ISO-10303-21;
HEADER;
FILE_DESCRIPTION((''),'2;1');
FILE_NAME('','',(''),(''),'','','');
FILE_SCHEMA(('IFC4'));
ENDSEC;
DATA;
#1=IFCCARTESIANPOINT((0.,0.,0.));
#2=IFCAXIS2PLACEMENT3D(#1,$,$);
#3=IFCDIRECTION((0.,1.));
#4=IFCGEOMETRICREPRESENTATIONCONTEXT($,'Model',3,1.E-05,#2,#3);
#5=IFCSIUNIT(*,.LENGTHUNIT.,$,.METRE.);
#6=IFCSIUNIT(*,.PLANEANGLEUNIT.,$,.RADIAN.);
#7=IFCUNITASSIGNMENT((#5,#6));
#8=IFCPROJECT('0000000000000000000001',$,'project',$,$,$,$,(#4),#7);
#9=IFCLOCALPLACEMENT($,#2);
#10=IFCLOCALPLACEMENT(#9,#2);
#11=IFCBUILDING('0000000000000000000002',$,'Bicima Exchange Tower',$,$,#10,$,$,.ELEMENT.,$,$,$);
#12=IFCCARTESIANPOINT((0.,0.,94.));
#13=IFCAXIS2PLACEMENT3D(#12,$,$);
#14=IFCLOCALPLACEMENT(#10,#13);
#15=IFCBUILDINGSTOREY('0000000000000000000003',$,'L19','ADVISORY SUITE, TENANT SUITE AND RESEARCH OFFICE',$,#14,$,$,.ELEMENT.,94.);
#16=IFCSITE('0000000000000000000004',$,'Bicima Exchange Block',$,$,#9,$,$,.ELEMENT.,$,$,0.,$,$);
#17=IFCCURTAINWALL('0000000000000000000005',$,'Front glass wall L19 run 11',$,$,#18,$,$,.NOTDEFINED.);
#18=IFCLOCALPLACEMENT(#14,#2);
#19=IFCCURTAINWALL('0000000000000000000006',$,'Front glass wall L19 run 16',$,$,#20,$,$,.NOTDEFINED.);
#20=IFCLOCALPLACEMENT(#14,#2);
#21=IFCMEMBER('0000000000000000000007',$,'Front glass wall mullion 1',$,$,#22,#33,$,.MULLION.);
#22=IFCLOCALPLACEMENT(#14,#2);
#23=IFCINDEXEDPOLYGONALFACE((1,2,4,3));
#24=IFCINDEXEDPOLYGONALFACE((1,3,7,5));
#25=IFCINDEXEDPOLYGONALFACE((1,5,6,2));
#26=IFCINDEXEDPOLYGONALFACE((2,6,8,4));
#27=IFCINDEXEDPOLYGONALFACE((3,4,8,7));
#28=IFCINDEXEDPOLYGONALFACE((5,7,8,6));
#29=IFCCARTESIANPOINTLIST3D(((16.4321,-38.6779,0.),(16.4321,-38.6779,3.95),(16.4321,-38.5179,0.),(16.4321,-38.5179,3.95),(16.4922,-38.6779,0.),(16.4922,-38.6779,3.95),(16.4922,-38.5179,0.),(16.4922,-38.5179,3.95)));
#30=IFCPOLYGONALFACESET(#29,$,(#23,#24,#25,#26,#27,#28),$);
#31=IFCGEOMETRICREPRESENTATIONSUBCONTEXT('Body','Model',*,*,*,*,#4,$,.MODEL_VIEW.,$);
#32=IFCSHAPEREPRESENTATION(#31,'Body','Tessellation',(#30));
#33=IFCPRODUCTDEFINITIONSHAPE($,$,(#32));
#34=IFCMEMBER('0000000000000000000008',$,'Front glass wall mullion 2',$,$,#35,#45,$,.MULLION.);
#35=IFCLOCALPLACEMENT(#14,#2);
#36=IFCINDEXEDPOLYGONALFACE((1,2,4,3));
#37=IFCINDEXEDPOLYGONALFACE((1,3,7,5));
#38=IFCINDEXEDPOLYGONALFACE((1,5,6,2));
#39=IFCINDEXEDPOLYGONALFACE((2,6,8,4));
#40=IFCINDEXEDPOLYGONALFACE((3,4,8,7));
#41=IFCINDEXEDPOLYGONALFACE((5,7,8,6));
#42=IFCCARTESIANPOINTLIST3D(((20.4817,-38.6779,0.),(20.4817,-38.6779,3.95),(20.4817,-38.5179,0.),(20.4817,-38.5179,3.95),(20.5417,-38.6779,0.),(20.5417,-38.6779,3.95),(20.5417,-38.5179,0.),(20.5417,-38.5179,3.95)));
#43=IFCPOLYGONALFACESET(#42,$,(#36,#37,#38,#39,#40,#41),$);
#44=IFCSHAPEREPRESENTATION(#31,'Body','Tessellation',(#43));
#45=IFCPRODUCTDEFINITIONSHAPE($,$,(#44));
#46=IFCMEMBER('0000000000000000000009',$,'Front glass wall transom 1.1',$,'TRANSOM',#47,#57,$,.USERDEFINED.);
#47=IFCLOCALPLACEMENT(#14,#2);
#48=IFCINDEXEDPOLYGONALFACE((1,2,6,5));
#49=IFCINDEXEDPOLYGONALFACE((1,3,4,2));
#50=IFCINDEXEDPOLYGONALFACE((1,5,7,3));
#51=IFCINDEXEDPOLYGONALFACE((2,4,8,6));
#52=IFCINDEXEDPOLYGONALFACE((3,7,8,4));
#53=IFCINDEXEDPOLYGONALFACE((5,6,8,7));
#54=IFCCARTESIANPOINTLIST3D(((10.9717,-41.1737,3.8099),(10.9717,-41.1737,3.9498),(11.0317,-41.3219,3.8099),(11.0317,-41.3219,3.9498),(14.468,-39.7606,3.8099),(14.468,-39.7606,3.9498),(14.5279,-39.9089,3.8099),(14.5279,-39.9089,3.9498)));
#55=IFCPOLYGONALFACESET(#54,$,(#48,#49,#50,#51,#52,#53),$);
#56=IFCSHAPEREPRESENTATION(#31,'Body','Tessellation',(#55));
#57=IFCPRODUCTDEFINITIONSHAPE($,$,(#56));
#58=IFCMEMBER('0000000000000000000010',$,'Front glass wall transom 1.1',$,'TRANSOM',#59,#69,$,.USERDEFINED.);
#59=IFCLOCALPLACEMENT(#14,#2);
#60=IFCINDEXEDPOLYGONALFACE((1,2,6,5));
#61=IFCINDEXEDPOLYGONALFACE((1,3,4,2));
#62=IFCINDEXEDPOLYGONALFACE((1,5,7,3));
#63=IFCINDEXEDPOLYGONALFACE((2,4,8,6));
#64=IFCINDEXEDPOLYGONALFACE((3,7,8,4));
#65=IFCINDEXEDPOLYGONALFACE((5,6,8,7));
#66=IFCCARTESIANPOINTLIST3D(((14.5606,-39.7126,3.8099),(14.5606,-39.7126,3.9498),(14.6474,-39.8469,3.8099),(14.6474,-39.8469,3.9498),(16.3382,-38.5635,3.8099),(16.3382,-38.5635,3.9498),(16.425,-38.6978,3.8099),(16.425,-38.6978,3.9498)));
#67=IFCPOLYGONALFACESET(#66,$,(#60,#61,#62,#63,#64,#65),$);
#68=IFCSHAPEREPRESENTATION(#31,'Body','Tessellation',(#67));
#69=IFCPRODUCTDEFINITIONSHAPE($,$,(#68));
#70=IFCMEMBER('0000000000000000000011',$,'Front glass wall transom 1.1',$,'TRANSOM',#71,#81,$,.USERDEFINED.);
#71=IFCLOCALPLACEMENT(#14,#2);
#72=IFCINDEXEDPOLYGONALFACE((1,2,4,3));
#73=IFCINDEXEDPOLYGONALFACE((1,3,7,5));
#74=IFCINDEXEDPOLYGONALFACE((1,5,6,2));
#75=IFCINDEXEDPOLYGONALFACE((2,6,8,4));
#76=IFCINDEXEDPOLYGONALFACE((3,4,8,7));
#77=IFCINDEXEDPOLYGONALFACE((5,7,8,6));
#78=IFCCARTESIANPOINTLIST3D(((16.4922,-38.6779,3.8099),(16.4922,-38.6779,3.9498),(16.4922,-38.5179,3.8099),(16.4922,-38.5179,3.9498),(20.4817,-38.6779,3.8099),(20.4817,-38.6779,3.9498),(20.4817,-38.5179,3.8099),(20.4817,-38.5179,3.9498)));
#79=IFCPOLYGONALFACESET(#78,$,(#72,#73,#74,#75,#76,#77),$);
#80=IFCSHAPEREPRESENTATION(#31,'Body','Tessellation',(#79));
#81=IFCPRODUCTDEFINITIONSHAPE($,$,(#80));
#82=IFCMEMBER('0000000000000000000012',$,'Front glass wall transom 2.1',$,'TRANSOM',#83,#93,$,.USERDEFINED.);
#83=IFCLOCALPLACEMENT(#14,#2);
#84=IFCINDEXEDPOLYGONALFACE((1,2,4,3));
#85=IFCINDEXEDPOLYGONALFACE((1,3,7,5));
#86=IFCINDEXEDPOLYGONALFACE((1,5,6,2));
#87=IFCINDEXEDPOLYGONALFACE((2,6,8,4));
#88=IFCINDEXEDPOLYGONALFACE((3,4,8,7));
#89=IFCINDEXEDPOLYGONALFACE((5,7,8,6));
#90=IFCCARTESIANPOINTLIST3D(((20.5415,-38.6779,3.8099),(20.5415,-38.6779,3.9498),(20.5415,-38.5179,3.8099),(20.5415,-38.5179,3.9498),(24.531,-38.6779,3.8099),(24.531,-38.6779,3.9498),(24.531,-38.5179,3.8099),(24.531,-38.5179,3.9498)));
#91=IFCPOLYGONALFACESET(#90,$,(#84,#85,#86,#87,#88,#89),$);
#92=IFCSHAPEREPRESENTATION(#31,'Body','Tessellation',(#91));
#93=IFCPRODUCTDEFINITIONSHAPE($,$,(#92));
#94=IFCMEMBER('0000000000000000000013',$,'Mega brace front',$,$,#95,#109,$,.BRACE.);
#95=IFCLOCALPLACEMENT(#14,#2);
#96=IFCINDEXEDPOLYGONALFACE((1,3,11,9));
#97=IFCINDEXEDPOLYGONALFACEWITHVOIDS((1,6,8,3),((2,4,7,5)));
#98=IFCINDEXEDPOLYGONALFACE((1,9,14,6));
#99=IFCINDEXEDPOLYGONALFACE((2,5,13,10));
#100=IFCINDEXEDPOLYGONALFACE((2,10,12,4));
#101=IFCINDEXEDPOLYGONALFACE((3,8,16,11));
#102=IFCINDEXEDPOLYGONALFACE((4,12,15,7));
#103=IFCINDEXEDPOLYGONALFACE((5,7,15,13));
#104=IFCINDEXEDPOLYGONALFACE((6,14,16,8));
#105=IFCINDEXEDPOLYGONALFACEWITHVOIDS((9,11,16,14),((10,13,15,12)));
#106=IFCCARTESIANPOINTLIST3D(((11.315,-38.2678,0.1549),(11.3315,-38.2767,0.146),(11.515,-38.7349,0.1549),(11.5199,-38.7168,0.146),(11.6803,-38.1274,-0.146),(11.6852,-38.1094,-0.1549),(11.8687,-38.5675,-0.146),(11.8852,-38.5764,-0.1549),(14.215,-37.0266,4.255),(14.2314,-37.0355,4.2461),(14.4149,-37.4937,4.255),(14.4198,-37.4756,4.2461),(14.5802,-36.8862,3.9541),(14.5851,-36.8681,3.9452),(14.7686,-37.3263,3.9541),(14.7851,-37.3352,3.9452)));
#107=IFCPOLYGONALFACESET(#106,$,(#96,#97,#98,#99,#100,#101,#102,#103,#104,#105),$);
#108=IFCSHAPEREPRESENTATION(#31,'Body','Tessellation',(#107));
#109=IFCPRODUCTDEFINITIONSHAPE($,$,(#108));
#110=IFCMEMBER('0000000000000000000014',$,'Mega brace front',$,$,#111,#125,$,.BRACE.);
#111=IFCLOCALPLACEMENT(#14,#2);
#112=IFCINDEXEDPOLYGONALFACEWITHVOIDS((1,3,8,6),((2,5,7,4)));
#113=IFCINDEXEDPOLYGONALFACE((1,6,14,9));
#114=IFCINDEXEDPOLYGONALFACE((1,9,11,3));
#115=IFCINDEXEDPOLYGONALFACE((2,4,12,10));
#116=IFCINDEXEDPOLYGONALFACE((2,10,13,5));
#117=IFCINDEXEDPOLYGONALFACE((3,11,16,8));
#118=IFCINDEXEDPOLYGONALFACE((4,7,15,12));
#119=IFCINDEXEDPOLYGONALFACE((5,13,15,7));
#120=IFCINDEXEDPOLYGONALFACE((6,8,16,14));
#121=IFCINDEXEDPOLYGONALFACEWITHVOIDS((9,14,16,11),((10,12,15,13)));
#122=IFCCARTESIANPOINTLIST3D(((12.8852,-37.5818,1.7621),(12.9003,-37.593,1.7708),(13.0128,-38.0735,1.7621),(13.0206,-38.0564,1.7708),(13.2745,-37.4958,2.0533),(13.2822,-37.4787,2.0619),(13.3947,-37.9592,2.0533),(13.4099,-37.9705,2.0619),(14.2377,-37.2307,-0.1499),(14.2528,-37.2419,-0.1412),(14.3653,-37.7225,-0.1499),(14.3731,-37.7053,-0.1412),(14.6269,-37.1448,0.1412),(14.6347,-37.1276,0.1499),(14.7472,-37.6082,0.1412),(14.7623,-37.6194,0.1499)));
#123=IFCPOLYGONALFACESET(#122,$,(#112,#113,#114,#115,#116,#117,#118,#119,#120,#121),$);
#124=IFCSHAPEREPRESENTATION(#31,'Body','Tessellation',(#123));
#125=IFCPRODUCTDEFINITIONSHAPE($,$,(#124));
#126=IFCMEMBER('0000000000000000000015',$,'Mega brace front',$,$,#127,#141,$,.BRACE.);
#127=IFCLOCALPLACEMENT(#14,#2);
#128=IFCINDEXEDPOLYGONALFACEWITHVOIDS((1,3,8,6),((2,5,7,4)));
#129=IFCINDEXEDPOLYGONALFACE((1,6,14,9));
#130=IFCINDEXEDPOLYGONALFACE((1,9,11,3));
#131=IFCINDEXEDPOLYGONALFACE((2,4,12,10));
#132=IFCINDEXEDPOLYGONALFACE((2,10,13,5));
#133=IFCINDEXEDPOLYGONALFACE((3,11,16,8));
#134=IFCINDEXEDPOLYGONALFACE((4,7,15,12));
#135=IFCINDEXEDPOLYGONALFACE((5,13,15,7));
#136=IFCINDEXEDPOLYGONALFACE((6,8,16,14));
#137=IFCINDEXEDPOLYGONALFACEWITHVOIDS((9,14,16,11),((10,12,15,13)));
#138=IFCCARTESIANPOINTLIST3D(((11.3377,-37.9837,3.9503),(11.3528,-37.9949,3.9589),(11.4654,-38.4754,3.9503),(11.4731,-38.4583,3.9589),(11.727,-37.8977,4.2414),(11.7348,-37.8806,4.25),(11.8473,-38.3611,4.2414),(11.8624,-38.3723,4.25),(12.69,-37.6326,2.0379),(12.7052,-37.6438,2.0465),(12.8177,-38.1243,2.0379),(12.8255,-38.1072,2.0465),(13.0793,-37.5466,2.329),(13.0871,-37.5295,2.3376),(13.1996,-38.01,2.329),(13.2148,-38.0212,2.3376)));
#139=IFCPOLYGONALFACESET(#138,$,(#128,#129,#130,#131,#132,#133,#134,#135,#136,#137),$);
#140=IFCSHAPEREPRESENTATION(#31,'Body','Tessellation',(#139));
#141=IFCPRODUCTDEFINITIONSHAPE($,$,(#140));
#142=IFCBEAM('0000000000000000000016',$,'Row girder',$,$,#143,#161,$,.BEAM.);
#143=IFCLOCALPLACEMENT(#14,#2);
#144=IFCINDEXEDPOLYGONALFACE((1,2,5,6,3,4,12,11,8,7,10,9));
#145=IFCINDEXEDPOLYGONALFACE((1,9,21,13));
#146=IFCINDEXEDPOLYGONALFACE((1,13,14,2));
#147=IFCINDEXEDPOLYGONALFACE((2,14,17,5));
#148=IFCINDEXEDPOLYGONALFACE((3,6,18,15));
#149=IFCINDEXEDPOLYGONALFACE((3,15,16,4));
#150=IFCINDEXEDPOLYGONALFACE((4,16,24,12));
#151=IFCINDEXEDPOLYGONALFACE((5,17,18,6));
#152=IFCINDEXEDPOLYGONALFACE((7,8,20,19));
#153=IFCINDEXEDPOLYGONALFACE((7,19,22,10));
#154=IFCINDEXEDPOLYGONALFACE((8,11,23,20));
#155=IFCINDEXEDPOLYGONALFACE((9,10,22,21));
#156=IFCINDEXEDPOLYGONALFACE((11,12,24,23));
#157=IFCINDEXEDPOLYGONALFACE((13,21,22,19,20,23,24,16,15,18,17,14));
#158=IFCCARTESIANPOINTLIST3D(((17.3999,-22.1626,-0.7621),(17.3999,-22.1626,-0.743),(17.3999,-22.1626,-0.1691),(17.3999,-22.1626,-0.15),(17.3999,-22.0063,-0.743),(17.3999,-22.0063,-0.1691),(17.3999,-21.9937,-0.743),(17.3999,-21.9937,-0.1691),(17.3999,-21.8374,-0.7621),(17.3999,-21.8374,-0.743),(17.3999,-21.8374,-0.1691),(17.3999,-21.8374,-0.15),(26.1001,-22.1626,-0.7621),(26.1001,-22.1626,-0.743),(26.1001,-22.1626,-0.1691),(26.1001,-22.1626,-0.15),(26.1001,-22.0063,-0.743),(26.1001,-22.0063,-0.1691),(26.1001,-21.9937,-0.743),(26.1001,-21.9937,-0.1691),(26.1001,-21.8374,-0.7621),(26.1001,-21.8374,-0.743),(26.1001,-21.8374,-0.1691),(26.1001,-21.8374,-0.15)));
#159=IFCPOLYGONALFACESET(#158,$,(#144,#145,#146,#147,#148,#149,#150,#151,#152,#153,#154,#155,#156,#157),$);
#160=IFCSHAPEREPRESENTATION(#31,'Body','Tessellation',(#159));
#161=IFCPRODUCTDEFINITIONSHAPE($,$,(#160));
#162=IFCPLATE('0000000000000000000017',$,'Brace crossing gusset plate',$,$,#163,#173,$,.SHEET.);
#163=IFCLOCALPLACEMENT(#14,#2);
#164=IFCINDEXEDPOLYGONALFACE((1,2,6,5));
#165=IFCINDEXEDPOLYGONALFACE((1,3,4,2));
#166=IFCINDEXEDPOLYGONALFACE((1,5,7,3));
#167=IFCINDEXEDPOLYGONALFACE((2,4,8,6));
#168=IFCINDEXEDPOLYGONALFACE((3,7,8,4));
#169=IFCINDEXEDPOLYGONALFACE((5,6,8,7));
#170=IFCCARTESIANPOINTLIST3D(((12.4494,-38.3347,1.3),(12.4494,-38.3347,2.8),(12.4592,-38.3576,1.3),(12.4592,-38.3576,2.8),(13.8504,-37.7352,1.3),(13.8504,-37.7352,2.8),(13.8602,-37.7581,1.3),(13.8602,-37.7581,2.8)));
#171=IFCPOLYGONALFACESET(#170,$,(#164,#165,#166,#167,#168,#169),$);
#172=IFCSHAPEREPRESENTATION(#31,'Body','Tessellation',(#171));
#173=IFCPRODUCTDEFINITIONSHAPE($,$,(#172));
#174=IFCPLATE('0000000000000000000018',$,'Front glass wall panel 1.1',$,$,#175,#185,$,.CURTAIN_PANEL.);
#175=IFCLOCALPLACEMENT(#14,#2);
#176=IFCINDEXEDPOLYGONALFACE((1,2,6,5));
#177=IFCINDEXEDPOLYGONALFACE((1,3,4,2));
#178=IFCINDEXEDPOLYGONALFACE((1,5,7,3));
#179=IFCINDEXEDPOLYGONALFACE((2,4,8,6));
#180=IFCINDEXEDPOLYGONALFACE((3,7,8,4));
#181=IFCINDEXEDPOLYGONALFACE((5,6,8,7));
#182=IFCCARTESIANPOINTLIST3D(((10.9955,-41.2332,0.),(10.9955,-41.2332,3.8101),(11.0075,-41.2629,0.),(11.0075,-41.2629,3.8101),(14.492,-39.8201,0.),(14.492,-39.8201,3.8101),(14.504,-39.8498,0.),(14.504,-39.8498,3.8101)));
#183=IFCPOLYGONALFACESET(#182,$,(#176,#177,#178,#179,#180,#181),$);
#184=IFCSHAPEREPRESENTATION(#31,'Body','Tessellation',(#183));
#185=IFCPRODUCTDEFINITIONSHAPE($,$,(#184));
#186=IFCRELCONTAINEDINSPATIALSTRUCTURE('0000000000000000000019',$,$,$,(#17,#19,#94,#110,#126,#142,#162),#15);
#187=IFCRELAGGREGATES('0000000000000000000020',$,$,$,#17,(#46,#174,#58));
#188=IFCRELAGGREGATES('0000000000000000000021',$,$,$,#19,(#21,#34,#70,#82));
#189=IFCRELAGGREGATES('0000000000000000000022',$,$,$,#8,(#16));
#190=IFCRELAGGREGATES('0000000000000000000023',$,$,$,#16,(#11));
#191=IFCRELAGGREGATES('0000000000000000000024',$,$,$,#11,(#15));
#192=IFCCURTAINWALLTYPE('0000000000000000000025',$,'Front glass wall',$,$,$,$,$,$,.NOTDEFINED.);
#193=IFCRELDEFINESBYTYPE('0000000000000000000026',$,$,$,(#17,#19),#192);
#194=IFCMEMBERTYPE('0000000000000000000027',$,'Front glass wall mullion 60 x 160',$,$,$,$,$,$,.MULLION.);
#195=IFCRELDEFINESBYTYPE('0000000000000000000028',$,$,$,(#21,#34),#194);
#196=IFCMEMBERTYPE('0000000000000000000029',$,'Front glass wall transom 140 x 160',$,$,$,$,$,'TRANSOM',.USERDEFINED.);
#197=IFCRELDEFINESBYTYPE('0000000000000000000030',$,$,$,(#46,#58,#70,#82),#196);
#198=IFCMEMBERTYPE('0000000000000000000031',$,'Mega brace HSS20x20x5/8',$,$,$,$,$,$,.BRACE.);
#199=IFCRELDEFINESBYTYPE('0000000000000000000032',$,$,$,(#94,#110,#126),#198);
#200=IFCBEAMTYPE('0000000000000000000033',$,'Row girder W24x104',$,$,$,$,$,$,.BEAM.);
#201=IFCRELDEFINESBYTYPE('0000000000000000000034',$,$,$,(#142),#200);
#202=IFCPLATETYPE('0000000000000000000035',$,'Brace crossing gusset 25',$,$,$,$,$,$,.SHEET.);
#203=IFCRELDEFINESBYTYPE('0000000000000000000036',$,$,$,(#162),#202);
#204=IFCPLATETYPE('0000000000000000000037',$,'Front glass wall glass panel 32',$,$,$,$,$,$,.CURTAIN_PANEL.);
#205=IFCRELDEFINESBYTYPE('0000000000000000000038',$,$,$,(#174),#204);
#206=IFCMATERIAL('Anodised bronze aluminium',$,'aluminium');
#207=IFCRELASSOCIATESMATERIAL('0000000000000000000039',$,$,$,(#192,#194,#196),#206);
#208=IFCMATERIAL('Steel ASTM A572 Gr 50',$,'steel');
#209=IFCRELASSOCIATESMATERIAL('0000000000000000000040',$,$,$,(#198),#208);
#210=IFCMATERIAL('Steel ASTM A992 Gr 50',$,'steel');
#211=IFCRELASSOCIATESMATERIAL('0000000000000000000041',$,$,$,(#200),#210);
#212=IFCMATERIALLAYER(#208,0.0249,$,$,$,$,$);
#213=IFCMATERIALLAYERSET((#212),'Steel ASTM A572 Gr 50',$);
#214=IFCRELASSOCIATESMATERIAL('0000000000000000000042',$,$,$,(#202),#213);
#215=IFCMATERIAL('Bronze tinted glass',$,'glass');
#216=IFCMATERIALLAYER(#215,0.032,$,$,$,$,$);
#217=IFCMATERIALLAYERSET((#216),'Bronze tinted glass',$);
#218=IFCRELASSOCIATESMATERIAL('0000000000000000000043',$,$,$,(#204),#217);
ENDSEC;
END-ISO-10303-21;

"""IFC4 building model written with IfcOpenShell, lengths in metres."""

from ifc_helpers import new_model, si_unit, direction, frame, origin, origin_2d, place, context, subcontext, project, spatial, rectangle, hollow_rectangle, i_section, extrude, material, layer, layer_set, material_profile, profile_set, type_object, element, aggregate, save


model = new_model("IFC4")

# Units and contexts
model_context = context("Model", 3, precision=1e-05, world=origin(), true_north=direction((0.0, 1.0)))
body_context = subcontext(model_context, "Body", "Model", "MODEL_VIEW")
ifc_project = project(units=[si_unit("LENGTHUNIT", "METRE"), si_unit("PLANEANGLEUNIT", "RADIAN")], contexts=[model_context])

# Site, building, storey
site_placement = place(None, origin())
site = spatial("IfcSite", under=ifc_project, at=site_placement, Name="Bicima Exchange Block", CompositionType="ELEMENT", RefElevation=0.0)
building_placement = place(site_placement, origin())
building = spatial("IfcBuilding", under=site, at=building_placement, Name="Bicima Exchange Tower", CompositionType="ELEMENT")
storey_placement = place(building_placement, frame((0.0, 0.0, 94.0)))
storey = spatial("IfcBuildingStorey", under=building, at=storey_placement, Name="L19", Description="ADVISORY SUITE, TENANT SUITE AND RESEARCH OFFICE", CompositionType="ELEMENT", Elevation=94.0)

# Shared definitions
ifc_material_1 = material(Name="Steel ASTM A992 Gr 50", Category="steel")

# Shared definitions
ifc_material_profile_1 = material_profile(ifc_material_1, i_section(OverallWidth=0.3252, OverallDepth=0.6121, WebThickness=0.0127, FlangeThickness=0.019, at=origin_2d()))
ifc_profile_set_1 = profile_set([ifc_material_profile_1], Name="Steel ASTM A992 Gr 50")

# Curtain walls, members
ifc_material_2 = material(Name="Anodised bronze aluminium", Category="aluminium")
curtain_wall_type = type_object("IfcCurtainWallType", Name="Front glass wall", PredefinedType="NOTDEFINED", material=ifc_material_2)
curtain_wall_1_placement = place(storey_placement, origin())
curtain_wall_1 = element("IfcCurtainWall", 1, at=curtain_wall_1_placement, inside=storey, type_object=curtain_wall_type, Name="Front glass wall L19 run 11", PredefinedType="NOTDEFINED")
ifc_material_profile_2 = material_profile(ifc_material_2, rectangle(XDim=0.1599, YDim=0.0601, at=origin_2d()))
ifc_profile_set_2 = profile_set([ifc_material_profile_2], Name="Anodised bronze aluminium")
member_type_1 = type_object("IfcMemberType", Name="Front glass wall mullion 60 x 160", PredefinedType="MULLION", material=ifc_profile_set_2)
curtain_wall_2_placement = place(storey_placement, origin())
curtain_wall_2 = element("IfcCurtainWall", 2, at=curtain_wall_2_placement, inside=storey, type_object=curtain_wall_type, Name="Front glass wall L19 run 16", PredefinedType="NOTDEFINED")
member_1_placement = place(storey_placement, frame((16.4622, -38.5979, 0.0), z_axis=(0.0, 0.0, 1.0), x_axis=(0.0, 1.0, 0.0)))
member_1 = element("IfcMember", 3, at=member_1_placement, type_object=member_type_1, Name="Front glass wall mullion 1", PredefinedType="MULLION", context=body_context, shape_type="SweptSolid", body=[
    extrude(rectangle(XDim=0.1599, YDim=0.0601, at=origin_2d()), origin(), (0.0, 0.0, 1.0), 3.95),
])
member_2_placement = place(storey_placement, frame((20.5117, -38.5979, 0.0), z_axis=(0.0, 0.0, 1.0), x_axis=(0.0, 1.0, 0.0)))
member_2 = element("IfcMember", 4, at=member_2_placement, type_object=member_type_1, Name="Front glass wall mullion 2", PredefinedType="MULLION", context=body_context, shape_type="SweptSolid", body=[
    extrude(rectangle(XDim=0.1599, YDim=0.0601, at=origin_2d()), origin(), (0.0, 0.0, 1.0), 3.95),
])

# Members
ifc_material_profile_3 = material_profile(ifc_material_2, rectangle(XDim=0.1599, YDim=0.1399, at=origin_2d()))
ifc_profile_set_3 = profile_set([ifc_material_profile_3], Name="Anodised bronze aluminium")
member_type_2 = type_object("IfcMemberType", Name="Front glass wall transom 140 x 160", ElementType="TRANSOM", PredefinedType="USERDEFINED", material=ifc_profile_set_3)
member_3_placement = place(storey_placement, frame((11.0017, -41.2478, 3.8799), z_axis=(0.92714, 0.374715, 0.0), x_axis=(-0.374715, 0.92714, 0.0)))
member_3 = element("IfcMember", 5, at=member_3_placement, type_object=member_type_2, Name="Front glass wall transom 1.1", ObjectType="TRANSOM", PredefinedType="USERDEFINED", context=body_context, shape_type="SweptSolid", body=[
    extrude(rectangle(XDim=0.1599, YDim=0.1399, at=origin_2d()), origin(), (0.0, 0.0, 1.0), 3.771),
])
member_4_placement = place(storey_placement, frame((14.604, -39.7798, 3.8799), z_axis=(0.839793, 0.542907, 0.0), x_axis=(-0.542907, 0.839793, 0.0)))
member_4 = element("IfcMember", 6, at=member_4_placement, type_object=member_type_2, Name="Front glass wall transom 1.1", ObjectType="TRANSOM", PredefinedType="USERDEFINED", context=body_context, shape_type="SweptSolid", body=[
    extrude(rectangle(XDim=0.1599, YDim=0.1399, at=origin_2d()), origin(), (0.0, 0.0, 1.0), 2.1167),
])
member_5_placement = place(storey_placement, frame((16.4922, -38.5979, 3.8799), z_axis=(1.0, 0.0, 0.0), x_axis=(0.0, 1.0, 0.0)))
member_5 = element("IfcMember", 7, at=member_5_placement, type_object=member_type_2, Name="Front glass wall transom 1.1", ObjectType="TRANSOM", PredefinedType="USERDEFINED", context=body_context, shape_type="SweptSolid", body=[
    extrude(rectangle(XDim=0.1599, YDim=0.1399, at=origin_2d()), origin(), (0.0, 0.0, 1.0), 3.9895),
])
member_6_placement = place(storey_placement, frame((20.5415, -38.5979, 3.8799), z_axis=(1.0, 0.0, 0.0), x_axis=(0.0, 1.0, 0.0)))
member_6 = element("IfcMember", 8, at=member_6_placement, type_object=member_type_2, Name="Front glass wall transom 2.1", ObjectType="TRANSOM", PredefinedType="USERDEFINED", context=body_context, shape_type="SweptSolid", body=[
    extrude(rectangle(XDim=0.1599, YDim=0.1399, at=origin_2d()), origin(), (0.0, 0.0, 1.0), 3.9895),
])

# Members
ifc_material_3 = material(Name="Steel ASTM A572 Gr 50", Category="steel")
ifc_material_profile_4 = material_profile(ifc_material_3, hollow_rectangle(XDim=0.5081, YDim=0.5081, WallThickness=0.0146, at=origin_2d()))
ifc_profile_set_4 = profile_set([ifc_material_profile_4], Name="Steel ASTM A572 Gr 50")
member_type_3 = type_object("IfcMemberType", Name="Mega brace HSS20x20x5/8", PredefinedType="BRACE", material=ifc_profile_set_4)
member_7_placement = place(storey_placement, frame((11.6001, -38.4221, 0.0), z_axis=(0.560575, 0.239936, 0.792582), x_axis=(-0.39349, 0.919329, 0.0)))
element("IfcMember", 9, at=member_7_placement, inside=storey, type_object=member_type_3, Name="Mega brace front", PredefinedType="BRACE", context=body_context, shape_type="SweptSolid", body=[
    extrude(hollow_rectangle(XDim=0.5081, YDim=0.5081, WallThickness=0.0146, at=origin_2d()), origin(), (0.0, 0.0, 1.0), 5.1731),
])
member_8_placement = place(storey_placement, frame((14.5, -37.425, 0.0), z_axis=(-0.571105, -0.14824, 0.807381), x_axis=(0.251241, -0.967925, 0.0)))
element("IfcMember", 10, at=member_8_placement, inside=storey, type_object=member_type_3, Name="Mega brace front", PredefinedType="BRACE", context=body_context, shape_type="SweptSolid", body=[
    extrude(hollow_rectangle(XDim=0.5081, YDim=0.5081, WallThickness=0.0146, at=origin_2d()), origin(), (0.0, 0.0, 1.0), 2.3682),
])
member_9_placement = place(storey_placement, frame((12.9524, -37.8269, 2.1877), z_axis=(-0.570988, -0.148236, 0.807465), x_axis=(0.251284, -0.967914, 0.0)))
element("IfcMember", 11, at=member_9_placement, inside=storey, type_object=member_type_3, Name="Mega brace front", PredefinedType="BRACE", context=body_context, shape_type="SweptSolid", body=[
    extrude(hollow_rectangle(XDim=0.5081, YDim=0.5081, WallThickness=0.0146, at=origin_2d()), origin(), (0.0, 0.0, 1.0), 2.3684),
])

# Beam
beam_type_1 = type_object("IfcBeamType", Name="Row girder W24x104", PredefinedType="BEAM", material=ifc_profile_set_1)
beam_1_placement = place(storey_placement, frame((17.3999, -22.0, -0.4561), z_axis=(1.0, 0.0, 0.0), x_axis=(0.0, 1.0, 0.0)))
element("IfcBeam", 12, at=beam_1_placement, inside=storey, type_object=beam_type_1, Name="Row girder", PredefinedType="BEAM", context=body_context, shape_type="SweptSolid", body=[
    extrude(i_section(OverallWidth=0.3252, OverallDepth=0.6121, WebThickness=0.0127, FlangeThickness=0.019, at=origin_2d()), origin(), (0.0, 0.0, 1.0), 8.7002),
])

# Plates
ifc_layer_1 = layer(ifc_material_3, 0.0249)
ifc_layer_set_1 = layer_set([ifc_layer_1], Name="Steel ASTM A572 Gr 50")
plate_type_1 = type_object("IfcPlateType", Name="Brace crossing gusset 25", PredefinedType="SHEET", material=ifc_layer_set_1)
plate_1_placement = place(storey_placement, frame((13.1548, -38.0464, 1.3), z_axis=(0.0, 0.0, 1.0), x_axis=(0.919355, 0.393429, 0.0)))
element("IfcPlate", 13, at=plate_1_placement, inside=storey, type_object=plate_type_1, Name="Brace crossing gusset plate", PredefinedType="SHEET", context=body_context, shape_type="SweptSolid", body=[
    extrude(rectangle(XDim=1.5239, YDim=0.0249, at=origin_2d()), origin(), (0.0, 0.0, 1.0), 1.5),
])
ifc_material_4 = material(Name="Bronze tinted glass", Category="glass")
ifc_layer_2 = layer(ifc_material_4, 0.032)
ifc_layer_set_2 = layer_set([ifc_layer_2], Name="Bronze tinted glass")
plate_type_2 = type_object("IfcPlateType", Name="Front glass wall glass panel 32", PredefinedType="CURTAIN_PANEL", material=ifc_layer_set_2)
plate_2_placement = place(storey_placement, frame((12.7498, -40.5415, 0.0), z_axis=(0.0, 0.0, 1.0), x_axis=(0.927144, 0.374705, 0.0)))
plate_2 = element("IfcPlate", 14, at=plate_2_placement, type_object=plate_type_2, Name="Front glass wall panel 1.1", PredefinedType="CURTAIN_PANEL", context=body_context, shape_type="SweptSolid", body=[
    extrude(rectangle(XDim=3.7712, YDim=0.032, at=origin_2d()), origin(), (0.0, 0.0, 1.0), 3.8101),
])
aggregate(curtain_wall_1, [member_3, plate_2, member_4])
aggregate(curtain_wall_2, [member_1, member_2, member_5, member_6])

save(model, "model.ifc")
